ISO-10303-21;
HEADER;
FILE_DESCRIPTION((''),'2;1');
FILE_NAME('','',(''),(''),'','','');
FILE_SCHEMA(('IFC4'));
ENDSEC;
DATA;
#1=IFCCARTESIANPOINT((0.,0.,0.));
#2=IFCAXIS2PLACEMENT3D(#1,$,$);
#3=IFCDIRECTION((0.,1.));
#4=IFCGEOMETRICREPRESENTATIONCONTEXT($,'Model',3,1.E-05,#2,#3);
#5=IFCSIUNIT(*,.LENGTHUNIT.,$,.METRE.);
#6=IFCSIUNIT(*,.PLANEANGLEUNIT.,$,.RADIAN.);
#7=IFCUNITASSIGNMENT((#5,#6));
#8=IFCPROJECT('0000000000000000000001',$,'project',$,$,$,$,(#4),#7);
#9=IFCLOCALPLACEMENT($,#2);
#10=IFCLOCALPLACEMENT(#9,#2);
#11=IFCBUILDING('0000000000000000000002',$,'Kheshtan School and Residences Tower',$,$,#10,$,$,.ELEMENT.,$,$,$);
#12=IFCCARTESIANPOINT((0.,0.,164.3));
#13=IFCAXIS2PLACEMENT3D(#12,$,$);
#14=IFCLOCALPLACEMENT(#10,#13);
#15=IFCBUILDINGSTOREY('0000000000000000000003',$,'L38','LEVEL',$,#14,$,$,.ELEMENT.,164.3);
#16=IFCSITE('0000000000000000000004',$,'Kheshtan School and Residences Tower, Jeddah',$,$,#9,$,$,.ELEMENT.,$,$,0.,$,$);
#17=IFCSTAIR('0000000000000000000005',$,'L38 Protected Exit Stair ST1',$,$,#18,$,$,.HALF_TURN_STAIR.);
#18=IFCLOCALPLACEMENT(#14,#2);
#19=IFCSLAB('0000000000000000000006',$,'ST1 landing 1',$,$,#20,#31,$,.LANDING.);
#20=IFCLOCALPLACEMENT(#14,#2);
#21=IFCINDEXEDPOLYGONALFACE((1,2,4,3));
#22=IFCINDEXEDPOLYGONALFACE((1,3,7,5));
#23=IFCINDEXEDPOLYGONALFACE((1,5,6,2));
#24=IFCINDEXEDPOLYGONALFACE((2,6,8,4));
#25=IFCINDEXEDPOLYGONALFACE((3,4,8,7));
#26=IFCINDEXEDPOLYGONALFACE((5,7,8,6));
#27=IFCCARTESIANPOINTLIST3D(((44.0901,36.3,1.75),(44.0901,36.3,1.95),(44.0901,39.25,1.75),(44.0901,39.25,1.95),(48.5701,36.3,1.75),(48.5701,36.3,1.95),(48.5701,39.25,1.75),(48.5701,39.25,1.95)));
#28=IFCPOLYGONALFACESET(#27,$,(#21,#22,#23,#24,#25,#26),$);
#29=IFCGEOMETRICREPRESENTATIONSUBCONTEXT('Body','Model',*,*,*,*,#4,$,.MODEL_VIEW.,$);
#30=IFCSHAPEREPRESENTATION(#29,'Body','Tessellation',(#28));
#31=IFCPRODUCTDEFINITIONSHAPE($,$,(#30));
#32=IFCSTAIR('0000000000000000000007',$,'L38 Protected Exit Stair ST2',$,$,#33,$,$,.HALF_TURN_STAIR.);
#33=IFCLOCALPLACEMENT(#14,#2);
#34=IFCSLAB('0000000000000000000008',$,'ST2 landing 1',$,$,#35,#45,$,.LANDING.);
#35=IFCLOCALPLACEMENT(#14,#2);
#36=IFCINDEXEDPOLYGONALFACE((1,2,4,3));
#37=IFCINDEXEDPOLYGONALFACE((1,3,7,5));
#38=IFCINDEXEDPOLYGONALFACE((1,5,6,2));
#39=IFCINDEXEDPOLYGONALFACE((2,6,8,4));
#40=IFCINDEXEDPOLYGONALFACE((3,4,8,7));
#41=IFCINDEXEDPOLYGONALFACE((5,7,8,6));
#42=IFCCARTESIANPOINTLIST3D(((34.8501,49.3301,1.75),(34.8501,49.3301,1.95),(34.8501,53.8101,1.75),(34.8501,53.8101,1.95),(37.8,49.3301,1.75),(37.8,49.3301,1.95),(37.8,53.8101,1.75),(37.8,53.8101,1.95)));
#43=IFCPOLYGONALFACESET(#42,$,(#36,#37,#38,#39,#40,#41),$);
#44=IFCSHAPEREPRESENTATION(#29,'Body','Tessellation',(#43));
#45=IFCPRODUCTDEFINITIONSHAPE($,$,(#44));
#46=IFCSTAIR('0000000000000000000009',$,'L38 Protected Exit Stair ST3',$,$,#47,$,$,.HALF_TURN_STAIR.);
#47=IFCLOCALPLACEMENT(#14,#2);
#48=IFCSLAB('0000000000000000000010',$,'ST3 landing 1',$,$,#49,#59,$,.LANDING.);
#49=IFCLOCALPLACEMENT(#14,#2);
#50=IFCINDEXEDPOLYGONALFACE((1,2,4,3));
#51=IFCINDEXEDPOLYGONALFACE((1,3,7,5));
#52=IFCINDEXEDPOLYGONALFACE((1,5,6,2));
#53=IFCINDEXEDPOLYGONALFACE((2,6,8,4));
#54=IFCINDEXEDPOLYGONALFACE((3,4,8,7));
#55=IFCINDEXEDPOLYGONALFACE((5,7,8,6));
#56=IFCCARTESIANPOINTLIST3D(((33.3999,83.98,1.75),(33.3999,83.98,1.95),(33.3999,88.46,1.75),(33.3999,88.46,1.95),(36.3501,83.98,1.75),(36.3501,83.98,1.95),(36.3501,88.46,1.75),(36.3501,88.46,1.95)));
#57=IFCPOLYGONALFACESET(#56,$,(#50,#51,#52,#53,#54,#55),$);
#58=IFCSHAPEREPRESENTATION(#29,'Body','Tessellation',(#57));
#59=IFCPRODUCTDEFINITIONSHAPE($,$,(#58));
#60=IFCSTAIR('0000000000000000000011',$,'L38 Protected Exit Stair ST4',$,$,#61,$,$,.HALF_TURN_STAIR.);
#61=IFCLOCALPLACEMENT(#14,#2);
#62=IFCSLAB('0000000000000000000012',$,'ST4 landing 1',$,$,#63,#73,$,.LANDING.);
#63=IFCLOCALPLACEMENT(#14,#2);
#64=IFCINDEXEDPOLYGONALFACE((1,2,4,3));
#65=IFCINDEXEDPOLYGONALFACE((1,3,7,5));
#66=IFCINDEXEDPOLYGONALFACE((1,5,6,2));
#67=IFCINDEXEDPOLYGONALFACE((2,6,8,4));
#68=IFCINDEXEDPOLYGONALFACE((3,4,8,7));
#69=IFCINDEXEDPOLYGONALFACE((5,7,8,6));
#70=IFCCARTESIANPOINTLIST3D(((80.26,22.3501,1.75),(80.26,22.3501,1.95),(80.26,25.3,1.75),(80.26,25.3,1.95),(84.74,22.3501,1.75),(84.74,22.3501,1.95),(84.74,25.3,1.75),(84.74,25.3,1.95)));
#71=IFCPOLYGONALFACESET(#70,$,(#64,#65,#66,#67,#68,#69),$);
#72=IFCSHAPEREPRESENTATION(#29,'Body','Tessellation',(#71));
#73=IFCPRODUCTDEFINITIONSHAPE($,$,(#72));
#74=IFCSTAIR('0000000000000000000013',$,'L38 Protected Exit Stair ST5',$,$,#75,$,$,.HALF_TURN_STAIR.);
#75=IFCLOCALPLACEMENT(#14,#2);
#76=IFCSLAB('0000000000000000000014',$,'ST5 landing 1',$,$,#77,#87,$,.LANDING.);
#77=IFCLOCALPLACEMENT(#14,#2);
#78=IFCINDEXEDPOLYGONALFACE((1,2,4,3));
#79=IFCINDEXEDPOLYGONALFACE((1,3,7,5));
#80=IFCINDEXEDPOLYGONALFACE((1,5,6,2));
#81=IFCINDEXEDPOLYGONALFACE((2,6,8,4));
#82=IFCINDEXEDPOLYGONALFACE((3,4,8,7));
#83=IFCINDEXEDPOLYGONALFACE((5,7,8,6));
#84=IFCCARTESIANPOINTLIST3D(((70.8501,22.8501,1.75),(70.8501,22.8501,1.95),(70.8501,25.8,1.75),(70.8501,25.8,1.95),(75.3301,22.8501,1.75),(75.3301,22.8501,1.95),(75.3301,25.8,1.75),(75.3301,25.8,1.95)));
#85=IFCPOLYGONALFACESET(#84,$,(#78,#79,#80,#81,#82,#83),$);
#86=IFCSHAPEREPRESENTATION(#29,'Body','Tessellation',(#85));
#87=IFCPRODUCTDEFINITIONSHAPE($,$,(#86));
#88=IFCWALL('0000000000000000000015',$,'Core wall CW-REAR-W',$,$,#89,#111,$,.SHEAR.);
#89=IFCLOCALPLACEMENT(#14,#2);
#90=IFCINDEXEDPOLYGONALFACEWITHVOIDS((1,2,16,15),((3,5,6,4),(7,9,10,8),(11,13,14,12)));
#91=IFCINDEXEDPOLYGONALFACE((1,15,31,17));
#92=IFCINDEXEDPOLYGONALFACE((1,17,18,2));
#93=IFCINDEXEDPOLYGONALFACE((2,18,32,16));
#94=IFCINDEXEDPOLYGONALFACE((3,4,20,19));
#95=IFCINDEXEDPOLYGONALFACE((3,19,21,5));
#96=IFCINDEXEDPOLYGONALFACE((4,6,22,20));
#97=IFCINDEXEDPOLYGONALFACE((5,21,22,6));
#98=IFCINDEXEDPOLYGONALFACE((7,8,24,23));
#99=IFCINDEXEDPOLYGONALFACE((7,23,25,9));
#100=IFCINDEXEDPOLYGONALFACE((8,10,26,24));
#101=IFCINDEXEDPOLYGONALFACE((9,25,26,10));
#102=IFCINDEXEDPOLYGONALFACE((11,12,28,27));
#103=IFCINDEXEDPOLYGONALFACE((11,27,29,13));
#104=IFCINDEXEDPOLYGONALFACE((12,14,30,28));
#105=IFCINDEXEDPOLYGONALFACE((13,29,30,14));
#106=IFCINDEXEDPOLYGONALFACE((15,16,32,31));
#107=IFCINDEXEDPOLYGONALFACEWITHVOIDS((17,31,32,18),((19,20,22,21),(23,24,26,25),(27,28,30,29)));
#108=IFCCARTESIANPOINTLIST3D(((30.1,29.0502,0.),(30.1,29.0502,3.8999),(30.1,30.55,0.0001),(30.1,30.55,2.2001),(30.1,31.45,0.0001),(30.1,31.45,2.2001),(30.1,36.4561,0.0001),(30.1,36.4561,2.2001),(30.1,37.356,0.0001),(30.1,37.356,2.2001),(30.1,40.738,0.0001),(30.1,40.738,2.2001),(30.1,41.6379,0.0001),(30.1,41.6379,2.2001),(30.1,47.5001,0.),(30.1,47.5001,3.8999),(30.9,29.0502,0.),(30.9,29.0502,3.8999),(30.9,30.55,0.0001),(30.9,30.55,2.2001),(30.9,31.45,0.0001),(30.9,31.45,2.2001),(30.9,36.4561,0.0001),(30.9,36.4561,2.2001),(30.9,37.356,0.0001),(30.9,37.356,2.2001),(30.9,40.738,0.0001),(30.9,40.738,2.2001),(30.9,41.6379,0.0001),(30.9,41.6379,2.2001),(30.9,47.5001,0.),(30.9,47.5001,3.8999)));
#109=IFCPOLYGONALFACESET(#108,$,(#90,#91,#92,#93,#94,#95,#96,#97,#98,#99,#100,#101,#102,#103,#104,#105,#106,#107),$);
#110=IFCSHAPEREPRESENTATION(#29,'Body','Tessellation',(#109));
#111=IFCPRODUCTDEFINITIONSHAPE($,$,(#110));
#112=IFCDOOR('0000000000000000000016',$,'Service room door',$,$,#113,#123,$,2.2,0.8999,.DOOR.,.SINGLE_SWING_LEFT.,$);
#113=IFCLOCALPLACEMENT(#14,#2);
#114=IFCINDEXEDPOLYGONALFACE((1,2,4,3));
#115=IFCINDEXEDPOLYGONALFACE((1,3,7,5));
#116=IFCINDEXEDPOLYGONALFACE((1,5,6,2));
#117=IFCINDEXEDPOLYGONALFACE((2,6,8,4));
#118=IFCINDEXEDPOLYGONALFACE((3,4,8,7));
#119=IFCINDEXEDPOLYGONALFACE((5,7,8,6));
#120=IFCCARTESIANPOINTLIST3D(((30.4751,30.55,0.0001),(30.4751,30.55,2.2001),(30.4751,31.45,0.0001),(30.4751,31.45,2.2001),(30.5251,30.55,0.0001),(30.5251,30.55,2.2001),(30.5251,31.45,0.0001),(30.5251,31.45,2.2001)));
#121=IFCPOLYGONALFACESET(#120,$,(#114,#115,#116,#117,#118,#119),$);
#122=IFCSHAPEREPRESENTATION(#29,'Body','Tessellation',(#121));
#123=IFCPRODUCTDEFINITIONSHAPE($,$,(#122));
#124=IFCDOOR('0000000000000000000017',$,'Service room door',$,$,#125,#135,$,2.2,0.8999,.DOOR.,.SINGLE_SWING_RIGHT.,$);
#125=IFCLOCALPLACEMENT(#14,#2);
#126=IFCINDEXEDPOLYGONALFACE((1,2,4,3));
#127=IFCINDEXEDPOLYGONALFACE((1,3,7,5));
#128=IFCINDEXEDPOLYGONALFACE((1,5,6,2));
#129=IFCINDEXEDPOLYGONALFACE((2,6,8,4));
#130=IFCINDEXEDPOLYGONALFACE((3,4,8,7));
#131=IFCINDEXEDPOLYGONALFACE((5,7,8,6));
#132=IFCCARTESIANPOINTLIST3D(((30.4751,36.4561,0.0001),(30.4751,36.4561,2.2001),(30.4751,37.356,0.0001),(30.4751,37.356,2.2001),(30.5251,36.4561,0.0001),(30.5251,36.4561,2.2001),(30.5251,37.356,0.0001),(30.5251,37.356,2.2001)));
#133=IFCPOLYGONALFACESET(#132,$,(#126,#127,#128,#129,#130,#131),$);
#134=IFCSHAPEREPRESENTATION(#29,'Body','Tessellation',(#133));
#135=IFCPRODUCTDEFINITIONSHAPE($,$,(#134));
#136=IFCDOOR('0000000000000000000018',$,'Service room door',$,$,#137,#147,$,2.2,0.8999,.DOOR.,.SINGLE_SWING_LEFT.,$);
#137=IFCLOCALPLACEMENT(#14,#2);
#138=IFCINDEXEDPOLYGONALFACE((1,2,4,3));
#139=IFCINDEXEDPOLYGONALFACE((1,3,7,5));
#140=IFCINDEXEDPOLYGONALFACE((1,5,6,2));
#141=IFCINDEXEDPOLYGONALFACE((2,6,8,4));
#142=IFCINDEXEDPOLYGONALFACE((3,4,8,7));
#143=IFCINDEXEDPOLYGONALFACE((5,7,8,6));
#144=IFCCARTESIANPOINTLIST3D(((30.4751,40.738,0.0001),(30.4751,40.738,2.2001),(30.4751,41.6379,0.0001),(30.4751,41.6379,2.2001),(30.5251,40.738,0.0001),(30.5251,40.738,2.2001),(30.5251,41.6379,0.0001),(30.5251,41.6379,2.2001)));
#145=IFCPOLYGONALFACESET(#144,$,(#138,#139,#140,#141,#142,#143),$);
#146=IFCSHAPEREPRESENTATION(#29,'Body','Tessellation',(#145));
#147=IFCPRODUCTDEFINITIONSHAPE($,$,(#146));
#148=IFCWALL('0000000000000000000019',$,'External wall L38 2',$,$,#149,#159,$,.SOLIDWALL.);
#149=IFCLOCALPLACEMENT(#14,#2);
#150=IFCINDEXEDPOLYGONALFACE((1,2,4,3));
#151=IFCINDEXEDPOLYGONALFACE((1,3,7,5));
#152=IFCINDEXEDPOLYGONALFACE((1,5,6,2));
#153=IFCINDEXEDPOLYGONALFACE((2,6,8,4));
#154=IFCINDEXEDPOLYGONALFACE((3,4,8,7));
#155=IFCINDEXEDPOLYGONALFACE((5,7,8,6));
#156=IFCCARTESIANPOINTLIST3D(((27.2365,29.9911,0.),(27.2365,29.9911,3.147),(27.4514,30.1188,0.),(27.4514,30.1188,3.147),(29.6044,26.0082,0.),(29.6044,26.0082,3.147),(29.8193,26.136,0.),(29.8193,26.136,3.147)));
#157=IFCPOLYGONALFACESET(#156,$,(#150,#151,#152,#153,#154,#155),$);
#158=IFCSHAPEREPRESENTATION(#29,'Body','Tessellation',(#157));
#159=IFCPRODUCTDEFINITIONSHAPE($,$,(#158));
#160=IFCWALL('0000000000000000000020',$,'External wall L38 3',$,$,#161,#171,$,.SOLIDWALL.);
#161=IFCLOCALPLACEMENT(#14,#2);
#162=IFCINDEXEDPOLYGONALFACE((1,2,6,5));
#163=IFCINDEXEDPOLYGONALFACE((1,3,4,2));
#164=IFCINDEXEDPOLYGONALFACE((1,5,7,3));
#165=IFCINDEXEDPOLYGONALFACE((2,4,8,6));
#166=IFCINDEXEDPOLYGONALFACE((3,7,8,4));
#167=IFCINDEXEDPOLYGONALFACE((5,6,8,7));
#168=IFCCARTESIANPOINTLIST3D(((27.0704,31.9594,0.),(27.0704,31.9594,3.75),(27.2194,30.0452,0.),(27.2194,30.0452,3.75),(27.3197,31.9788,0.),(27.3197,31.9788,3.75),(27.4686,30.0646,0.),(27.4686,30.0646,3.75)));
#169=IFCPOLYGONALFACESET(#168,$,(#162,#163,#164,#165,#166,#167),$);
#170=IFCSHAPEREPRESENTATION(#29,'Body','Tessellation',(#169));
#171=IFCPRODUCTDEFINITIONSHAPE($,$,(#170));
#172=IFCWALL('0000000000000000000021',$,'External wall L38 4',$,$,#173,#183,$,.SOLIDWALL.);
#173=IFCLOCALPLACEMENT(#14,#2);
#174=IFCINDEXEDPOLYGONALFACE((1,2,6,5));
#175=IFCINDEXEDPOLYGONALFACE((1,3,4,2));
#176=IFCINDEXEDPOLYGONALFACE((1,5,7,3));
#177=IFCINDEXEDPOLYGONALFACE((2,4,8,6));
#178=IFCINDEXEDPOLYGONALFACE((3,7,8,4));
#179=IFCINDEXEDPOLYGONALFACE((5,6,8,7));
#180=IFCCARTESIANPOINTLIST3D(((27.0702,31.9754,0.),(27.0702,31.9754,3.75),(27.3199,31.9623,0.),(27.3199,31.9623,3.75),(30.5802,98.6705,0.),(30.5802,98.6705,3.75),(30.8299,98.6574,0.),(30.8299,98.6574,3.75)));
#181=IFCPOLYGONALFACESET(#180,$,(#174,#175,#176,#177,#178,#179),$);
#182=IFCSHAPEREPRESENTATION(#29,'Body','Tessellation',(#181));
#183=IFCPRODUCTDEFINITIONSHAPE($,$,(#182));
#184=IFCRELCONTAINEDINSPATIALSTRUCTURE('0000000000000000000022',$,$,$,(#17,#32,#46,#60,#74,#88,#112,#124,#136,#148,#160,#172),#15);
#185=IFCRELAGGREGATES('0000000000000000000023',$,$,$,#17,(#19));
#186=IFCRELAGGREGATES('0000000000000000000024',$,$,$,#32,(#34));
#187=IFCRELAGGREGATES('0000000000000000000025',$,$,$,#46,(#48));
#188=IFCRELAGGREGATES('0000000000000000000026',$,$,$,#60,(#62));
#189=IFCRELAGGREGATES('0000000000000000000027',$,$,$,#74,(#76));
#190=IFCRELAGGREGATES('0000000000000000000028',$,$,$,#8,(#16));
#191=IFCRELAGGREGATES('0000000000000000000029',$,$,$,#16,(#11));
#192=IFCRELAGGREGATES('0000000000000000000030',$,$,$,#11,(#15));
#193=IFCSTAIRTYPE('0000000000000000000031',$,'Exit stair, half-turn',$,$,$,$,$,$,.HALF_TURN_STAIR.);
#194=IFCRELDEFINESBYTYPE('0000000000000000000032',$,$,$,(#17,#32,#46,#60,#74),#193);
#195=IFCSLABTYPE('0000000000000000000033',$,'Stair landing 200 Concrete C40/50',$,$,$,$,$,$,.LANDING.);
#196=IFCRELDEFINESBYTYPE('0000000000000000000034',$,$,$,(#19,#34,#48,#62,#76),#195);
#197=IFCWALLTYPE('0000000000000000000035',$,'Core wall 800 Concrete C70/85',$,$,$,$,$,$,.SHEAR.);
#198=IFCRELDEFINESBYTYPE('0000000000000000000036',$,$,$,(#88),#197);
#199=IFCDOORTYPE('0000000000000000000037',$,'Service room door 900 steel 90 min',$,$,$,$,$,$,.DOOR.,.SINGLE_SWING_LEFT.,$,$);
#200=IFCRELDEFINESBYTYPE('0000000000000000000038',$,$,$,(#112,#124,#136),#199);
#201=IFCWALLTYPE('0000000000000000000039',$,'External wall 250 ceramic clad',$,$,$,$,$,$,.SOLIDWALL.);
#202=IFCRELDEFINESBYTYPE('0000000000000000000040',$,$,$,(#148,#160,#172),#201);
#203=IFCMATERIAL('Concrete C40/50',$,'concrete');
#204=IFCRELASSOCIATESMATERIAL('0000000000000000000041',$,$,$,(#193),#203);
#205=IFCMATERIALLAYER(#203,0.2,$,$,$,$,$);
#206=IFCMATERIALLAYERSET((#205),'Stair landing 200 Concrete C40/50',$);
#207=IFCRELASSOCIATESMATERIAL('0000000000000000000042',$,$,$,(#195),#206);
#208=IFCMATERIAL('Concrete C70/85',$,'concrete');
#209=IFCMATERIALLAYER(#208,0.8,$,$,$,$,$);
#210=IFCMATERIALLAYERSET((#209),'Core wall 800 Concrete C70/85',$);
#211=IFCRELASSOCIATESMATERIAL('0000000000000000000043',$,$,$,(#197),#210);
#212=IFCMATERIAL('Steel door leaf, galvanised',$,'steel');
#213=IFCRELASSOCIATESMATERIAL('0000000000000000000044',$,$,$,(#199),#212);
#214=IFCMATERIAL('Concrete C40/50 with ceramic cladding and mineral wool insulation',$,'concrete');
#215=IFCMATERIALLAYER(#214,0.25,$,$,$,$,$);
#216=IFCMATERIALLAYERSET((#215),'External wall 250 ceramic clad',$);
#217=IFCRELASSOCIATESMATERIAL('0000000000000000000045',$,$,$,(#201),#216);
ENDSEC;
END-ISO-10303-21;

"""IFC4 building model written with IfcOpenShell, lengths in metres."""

from ifc_helpers import new_model, si_unit, direction, frame, frame_2d, origin, place, context, subcontext, project, spatial, polyline, rectangle, outline, extrude, source, transform, mapped, material, layer, layer_set, type_object, element, fill, aggregate, save


model = new_model("IFC4")

# Units and contexts
model_context = context("Model", 3, precision=1e-05, world=origin(), true_north=direction((0.0, 1.0)))
body_context = subcontext(model_context, "Body", "Model", "MODEL_VIEW")
ifc_project = project(units=[si_unit("LENGTHUNIT", "METRE"), si_unit("PLANEANGLEUNIT", "RADIAN")], contexts=[model_context])

# Site, building, storey
site_placement = place(None, origin())
site = spatial("IfcSite", under=ifc_project, at=site_placement, Name="Kheshtan School and Residences Tower, Jeddah", CompositionType="ELEMENT", RefElevation=0.0)
building_placement = place(site_placement, origin())
building = spatial("IfcBuilding", under=site, at=building_placement, Name="Kheshtan School and Residences Tower", CompositionType="ELEMENT")
storey_placement = place(building_placement, frame((0.0, 0.0, 164.3)))
storey = spatial("IfcBuildingStorey", under=building, at=storey_placement, Name="L38", Description="LEVEL", CompositionType="ELEMENT", Elevation=164.3)

# Shared definitions
ifc_material_1 = material(Name="Concrete C40/50", Category="concrete")

# Stairs, slabs
stair_type = type_object("IfcStairType", Name="Exit stair, half-turn", PredefinedType="HALF_TURN_STAIR", material=ifc_material_1)
stair_1_placement = place(storey_placement, origin())
stair_1 = element("IfcStair", 1, at=stair_1_placement, inside=storey, type_object=stair_type, Name="L38 Protected Exit Stair ST1", PredefinedType="HALF_TURN_STAIR")
ifc_layer_1 = layer(ifc_material_1, 0.2)
ifc_layer_set_1 = layer_set([ifc_layer_1], Name="Stair landing 200 Concrete C40/50")
slab_type_1 = type_object("IfcSlabType", Name="Stair landing 200 Concrete C40/50", PredefinedType="LANDING", material=ifc_layer_set_1)
slab_1_placement = place(storey_placement, frame((0.0, 0.0, 1.75)))
slab_1 = element("IfcSlab", 2, at=slab_1_placement, type_object=slab_type_1, Name="ST1 landing 1", PredefinedType="LANDING", context=body_context, shape_type="SweptSolid", body=[
    extrude(outline(polyline([(48.5701, 39.25), (44.0901, 39.25), (44.0901, 36.3), (48.5701, 36.3), (48.5701, 39.25)])), origin(), (0.0, 0.0, 1.0), 0.2),
])
aggregate(stair_1, [slab_1])
stair_2_placement = place(storey_placement, origin())
stair_2 = element("IfcStair", 3, at=stair_2_placement, inside=storey, type_object=stair_type, Name="L38 Protected Exit Stair ST2", PredefinedType="HALF_TURN_STAIR")
slab_2_placement = place(storey_placement, frame((0.0, 0.0, 1.75)))
slab_2 = element("IfcSlab", 4, at=slab_2_placement, type_object=slab_type_1, Name="ST2 landing 1", PredefinedType="LANDING", context=body_context, shape_type="SweptSolid", body=[
    extrude(outline(polyline([(37.8, 49.3301), (37.8, 53.8101), (34.8501, 53.8101), (34.8501, 49.3301), (37.8, 49.3301)])), origin(), (0.0, 0.0, 1.0), 0.2),
])
aggregate(stair_2, [slab_2])
stair_3_placement = place(storey_placement, origin())
stair_3 = element("IfcStair", 5, at=stair_3_placement, inside=storey, type_object=stair_type, Name="L38 Protected Exit Stair ST3", PredefinedType="HALF_TURN_STAIR")
slab_3_placement = place(storey_placement, frame((0.0, 0.0, 1.75)))
slab_3 = element("IfcSlab", 6, at=slab_3_placement, type_object=slab_type_1, Name="ST3 landing 1", PredefinedType="LANDING", context=body_context, shape_type="SweptSolid", body=[
    extrude(outline(polyline([(36.3501, 83.98), (36.3501, 88.46), (33.3999, 88.46), (33.3999, 83.98), (36.3501, 83.98)])), origin(), (0.0, 0.0, 1.0), 0.2),
])
aggregate(stair_3, [slab_3])
stair_4_placement = place(storey_placement, origin())
stair_4 = element("IfcStair", 7, at=stair_4_placement, inside=storey, type_object=stair_type, Name="L38 Protected Exit Stair ST4", PredefinedType="HALF_TURN_STAIR")
slab_4_placement = place(storey_placement, frame((0.0, 0.0, 1.75)))
slab_4 = element("IfcSlab", 8, at=slab_4_placement, type_object=slab_type_1, Name="ST4 landing 1", PredefinedType="LANDING", context=body_context, shape_type="SweptSolid", body=[
    extrude(outline(polyline([(84.74, 25.3), (80.26, 25.3), (80.26, 22.3501), (84.74, 22.3501), (84.74, 25.3)])), origin(), (0.0, 0.0, 1.0), 0.2),
])
aggregate(stair_4, [slab_4])
stair_5_placement = place(storey_placement, origin())
stair_5 = element("IfcStair", 9, at=stair_5_placement, inside=storey, type_object=stair_type, Name="L38 Protected Exit Stair ST5", PredefinedType="HALF_TURN_STAIR")
slab_5_placement = place(storey_placement, frame((0.0, 0.0, 1.75)))
slab_5 = element("IfcSlab", 10, at=slab_5_placement, type_object=slab_type_1, Name="ST5 landing 1", PredefinedType="LANDING", context=body_context, shape_type="SweptSolid", body=[
    extrude(outline(polyline([(75.3301, 25.8), (70.8501, 25.8), (70.8501, 22.8501), (75.3301, 22.8501), (75.3301, 25.8)])), origin(), (0.0, 0.0, 1.0), 0.2),
])
aggregate(stair_5, [slab_5])

# Wall, openings, doors
ifc_material_2 = material(Name="Concrete C70/85", Category="concrete")
ifc_layer_2 = layer(ifc_material_2, 0.8)
ifc_layer_set_2 = layer_set([ifc_layer_2], Name="Core wall 800 Concrete C70/85")
wall_type_1 = type_object("IfcWallType", Name="Core wall 800 Concrete C70/85", PredefinedType="SHEAR", material=ifc_layer_set_2)
wall_1_placement = place(storey_placement, frame((30.5, 29.05, 0.0), z_axis=(0.0, 0.0, 1.0), x_axis=(0.0, 1.0, 0.0)))
wall_1 = element("IfcWall", 11, at=wall_1_placement, inside=storey, type_object=wall_type_1, Name="Core wall CW-REAR-W", PredefinedType="SHEAR", context=body_context, shape_type="SweptSolid", body=[
    extrude(rectangle(XDim=18.45, YDim=0.8, at=frame_2d((9.2251, 0.0))), origin(), (0.0, 0.0, 1.0), 3.8999),
])
opening_1_placement = place(wall_1_placement, frame((1.5, 0.0, 0.0)))
opening_1 = element("IfcOpeningElement", 12, at=opening_1_placement, cuts=wall_1, PredefinedType="OPENING", context=body_context, shape_type="SweptSolid", body=[
    extrude(rectangle(XDim=0.8999, YDim=2.2, at=frame_2d((0.45, 1.1001))), frame((0.0, 0.4102, 0.0), z_axis=(0.0, -1.0, 0.0), x_axis=(1.0, 0.0, 0.0)), (0.0, 0.0, 1.0), 0.8201),
])
opening_2_placement = place(wall_1_placement, frame((7.406, 0.0, 0.0)))
opening_2 = element("IfcOpeningElement", 13, at=opening_2_placement, cuts=wall_1, PredefinedType="OPENING", context=body_context, shape_type="SweptSolid", body=[
    extrude(rectangle(XDim=0.8999, YDim=2.2, at=frame_2d((0.45, 1.1001))), frame((0.0, 0.4102, 0.0), z_axis=(0.0, -1.0, 0.0), x_axis=(1.0, 0.0, 0.0)), (0.0, 0.0, 1.0), 0.8201),
])
opening_3_placement = place(wall_1_placement, frame((11.688, 0.0, 0.0)))
opening_3 = element("IfcOpeningElement", 14, at=opening_3_placement, cuts=wall_1, PredefinedType="OPENING", context=body_context, shape_type="SweptSolid", body=[
    extrude(rectangle(XDim=0.8999, YDim=2.2, at=frame_2d((0.45, 1.1001))), frame((0.0, 0.4102, 0.0), z_axis=(0.0, -1.0, 0.0), x_axis=(1.0, 0.0, 0.0)), (0.0, 0.0, 1.0), 0.8201),
])
ifc_material_3 = material(Name="Steel door leaf, galvanised", Category="steel")
door_type = type_object("IfcDoorType", Name="Service room door 900 steel 90 min", OperationType="SINGLE_SWING_LEFT", PredefinedType="DOOR", material=ifc_material_3)
shared_shape = source(origin(), body_context, "Body", "SweptSolid", [
    extrude(rectangle(XDim=0.8999, YDim=2.2, at=frame_2d((0.45, 1.1001))), frame((0.0, 0.0249, 0.0), z_axis=(0.0, -1.0, 0.0), x_axis=(1.0, 0.0, 0.0)), (0.0, 0.0, 1.0), 0.05),
])
door_1_placement = place(opening_1_placement, origin())
door_1 = element("IfcDoor", 15, at=door_1_placement, inside=storey, type_object=door_type, Name="Service room door", OperationType="SINGLE_SWING_LEFT", OverallHeight=2.2, OverallWidth=0.8999, PredefinedType="DOOR", context=body_context, shape_type="MappedRepresentation", body=[
    mapped(shared_shape, transform((0.0, 0.0, 0.0), x_axis=(1.0, 0.0, 0.0), y_axis=(0.0, 1.0, 0.0), z_axis=(0.0, 0.0, 1.0), scale=1.0)),
])
fill(opening_1, door_1)
door_2_placement = place(opening_2_placement, origin())
door_2 = element("IfcDoor", 16, at=door_2_placement, inside=storey, type_object=door_type, Name="Service room door", OperationType="SINGLE_SWING_RIGHT", OverallHeight=2.2, OverallWidth=0.8999, PredefinedType="DOOR", context=body_context, shape_type="MappedRepresentation", body=[
    mapped(shared_shape, transform((0.0, 0.0, 0.0), x_axis=(1.0, 0.0, 0.0), y_axis=(0.0, 1.0, 0.0), z_axis=(0.0, 0.0, 1.0), scale=1.0)),
])
fill(opening_2, door_2)
door_3_placement = place(opening_3_placement, origin())
door_3 = element("IfcDoor", 17, at=door_3_placement, inside=storey, type_object=door_type, Name="Service room door", OperationType="SINGLE_SWING_LEFT", OverallHeight=2.2, OverallWidth=0.8999, PredefinedType="DOOR", context=body_context, shape_type="MappedRepresentation", body=[
    mapped(shared_shape, transform((0.0, 0.0, 0.0), x_axis=(1.0, 0.0, 0.0), y_axis=(0.0, 1.0, 0.0), z_axis=(0.0, 0.0, 1.0), scale=1.0)),
])
fill(opening_3, door_3)

# Walls
ifc_material_4 = material(Name="Concrete C40/50 with ceramic cladding and mineral wool insulation", Category="concrete")
ifc_layer_3 = layer(ifc_material_4, 0.25)
ifc_layer_set_3 = layer_set([ifc_layer_3], Name="External wall 250 ceramic clad")
wall_type_2 = type_object("IfcWallType", Name="External wall 250 ceramic clad", PredefinedType="SOLIDWALL", material=ifc_layer_set_3)
wall_2_placement = place(storey_placement, frame((29.7119, 26.072, 0.0), z_axis=(0.0, 0.0, 1.0), x_axis=(-0.511028, 0.859564, 0.0)))
element("IfcWall", 18, at=wall_2_placement, inside=storey, type_object=wall_type_2, Name="External wall L38 2", PredefinedType="SOLIDWALL", context=body_context, shape_type="SweptSolid", body=[
    extrude(rectangle(XDim=4.6335, YDim=0.25, at=frame_2d((2.3169, 0.0))), origin(), (0.0, 0.0, 1.0), 3.147),
])
wall_3_placement = place(storey_placement, frame((27.344, 30.0549, 0.0), z_axis=(0.0, 0.0, 1.0), x_axis=(-0.077572, 0.996987, 0.0)))
element("IfcWall", 19, at=wall_3_placement, inside=storey, type_object=wall_type_2, Name="External wall L38 3", PredefinedType="SOLIDWALL", context=body_context, shape_type="SweptSolid", body=[
    extrude(rectangle(XDim=1.9199, YDim=0.25, at=frame_2d((0.96, 0.0))), origin(), (0.0, 0.0, 1.0), 3.75),
])
wall_4_placement = place(storey_placement, frame((27.1951, 31.969, 0.0), z_axis=(0.0, 0.0, 1.0), x_axis=(0.052555, 0.998618, 0.0)))
element("IfcWall", 20, at=wall_4_placement, inside=storey, type_object=wall_type_2, Name="External wall L38 4", PredefinedType="SOLIDWALL", context=body_context, shape_type="SweptSolid", body=[
    extrude(rectangle(XDim=66.7874, YDim=0.25, at=frame_2d((33.3936, 0.0))), origin(), (0.0, 0.0, 1.0), 3.75),
])

save(model, "model.ifc")
